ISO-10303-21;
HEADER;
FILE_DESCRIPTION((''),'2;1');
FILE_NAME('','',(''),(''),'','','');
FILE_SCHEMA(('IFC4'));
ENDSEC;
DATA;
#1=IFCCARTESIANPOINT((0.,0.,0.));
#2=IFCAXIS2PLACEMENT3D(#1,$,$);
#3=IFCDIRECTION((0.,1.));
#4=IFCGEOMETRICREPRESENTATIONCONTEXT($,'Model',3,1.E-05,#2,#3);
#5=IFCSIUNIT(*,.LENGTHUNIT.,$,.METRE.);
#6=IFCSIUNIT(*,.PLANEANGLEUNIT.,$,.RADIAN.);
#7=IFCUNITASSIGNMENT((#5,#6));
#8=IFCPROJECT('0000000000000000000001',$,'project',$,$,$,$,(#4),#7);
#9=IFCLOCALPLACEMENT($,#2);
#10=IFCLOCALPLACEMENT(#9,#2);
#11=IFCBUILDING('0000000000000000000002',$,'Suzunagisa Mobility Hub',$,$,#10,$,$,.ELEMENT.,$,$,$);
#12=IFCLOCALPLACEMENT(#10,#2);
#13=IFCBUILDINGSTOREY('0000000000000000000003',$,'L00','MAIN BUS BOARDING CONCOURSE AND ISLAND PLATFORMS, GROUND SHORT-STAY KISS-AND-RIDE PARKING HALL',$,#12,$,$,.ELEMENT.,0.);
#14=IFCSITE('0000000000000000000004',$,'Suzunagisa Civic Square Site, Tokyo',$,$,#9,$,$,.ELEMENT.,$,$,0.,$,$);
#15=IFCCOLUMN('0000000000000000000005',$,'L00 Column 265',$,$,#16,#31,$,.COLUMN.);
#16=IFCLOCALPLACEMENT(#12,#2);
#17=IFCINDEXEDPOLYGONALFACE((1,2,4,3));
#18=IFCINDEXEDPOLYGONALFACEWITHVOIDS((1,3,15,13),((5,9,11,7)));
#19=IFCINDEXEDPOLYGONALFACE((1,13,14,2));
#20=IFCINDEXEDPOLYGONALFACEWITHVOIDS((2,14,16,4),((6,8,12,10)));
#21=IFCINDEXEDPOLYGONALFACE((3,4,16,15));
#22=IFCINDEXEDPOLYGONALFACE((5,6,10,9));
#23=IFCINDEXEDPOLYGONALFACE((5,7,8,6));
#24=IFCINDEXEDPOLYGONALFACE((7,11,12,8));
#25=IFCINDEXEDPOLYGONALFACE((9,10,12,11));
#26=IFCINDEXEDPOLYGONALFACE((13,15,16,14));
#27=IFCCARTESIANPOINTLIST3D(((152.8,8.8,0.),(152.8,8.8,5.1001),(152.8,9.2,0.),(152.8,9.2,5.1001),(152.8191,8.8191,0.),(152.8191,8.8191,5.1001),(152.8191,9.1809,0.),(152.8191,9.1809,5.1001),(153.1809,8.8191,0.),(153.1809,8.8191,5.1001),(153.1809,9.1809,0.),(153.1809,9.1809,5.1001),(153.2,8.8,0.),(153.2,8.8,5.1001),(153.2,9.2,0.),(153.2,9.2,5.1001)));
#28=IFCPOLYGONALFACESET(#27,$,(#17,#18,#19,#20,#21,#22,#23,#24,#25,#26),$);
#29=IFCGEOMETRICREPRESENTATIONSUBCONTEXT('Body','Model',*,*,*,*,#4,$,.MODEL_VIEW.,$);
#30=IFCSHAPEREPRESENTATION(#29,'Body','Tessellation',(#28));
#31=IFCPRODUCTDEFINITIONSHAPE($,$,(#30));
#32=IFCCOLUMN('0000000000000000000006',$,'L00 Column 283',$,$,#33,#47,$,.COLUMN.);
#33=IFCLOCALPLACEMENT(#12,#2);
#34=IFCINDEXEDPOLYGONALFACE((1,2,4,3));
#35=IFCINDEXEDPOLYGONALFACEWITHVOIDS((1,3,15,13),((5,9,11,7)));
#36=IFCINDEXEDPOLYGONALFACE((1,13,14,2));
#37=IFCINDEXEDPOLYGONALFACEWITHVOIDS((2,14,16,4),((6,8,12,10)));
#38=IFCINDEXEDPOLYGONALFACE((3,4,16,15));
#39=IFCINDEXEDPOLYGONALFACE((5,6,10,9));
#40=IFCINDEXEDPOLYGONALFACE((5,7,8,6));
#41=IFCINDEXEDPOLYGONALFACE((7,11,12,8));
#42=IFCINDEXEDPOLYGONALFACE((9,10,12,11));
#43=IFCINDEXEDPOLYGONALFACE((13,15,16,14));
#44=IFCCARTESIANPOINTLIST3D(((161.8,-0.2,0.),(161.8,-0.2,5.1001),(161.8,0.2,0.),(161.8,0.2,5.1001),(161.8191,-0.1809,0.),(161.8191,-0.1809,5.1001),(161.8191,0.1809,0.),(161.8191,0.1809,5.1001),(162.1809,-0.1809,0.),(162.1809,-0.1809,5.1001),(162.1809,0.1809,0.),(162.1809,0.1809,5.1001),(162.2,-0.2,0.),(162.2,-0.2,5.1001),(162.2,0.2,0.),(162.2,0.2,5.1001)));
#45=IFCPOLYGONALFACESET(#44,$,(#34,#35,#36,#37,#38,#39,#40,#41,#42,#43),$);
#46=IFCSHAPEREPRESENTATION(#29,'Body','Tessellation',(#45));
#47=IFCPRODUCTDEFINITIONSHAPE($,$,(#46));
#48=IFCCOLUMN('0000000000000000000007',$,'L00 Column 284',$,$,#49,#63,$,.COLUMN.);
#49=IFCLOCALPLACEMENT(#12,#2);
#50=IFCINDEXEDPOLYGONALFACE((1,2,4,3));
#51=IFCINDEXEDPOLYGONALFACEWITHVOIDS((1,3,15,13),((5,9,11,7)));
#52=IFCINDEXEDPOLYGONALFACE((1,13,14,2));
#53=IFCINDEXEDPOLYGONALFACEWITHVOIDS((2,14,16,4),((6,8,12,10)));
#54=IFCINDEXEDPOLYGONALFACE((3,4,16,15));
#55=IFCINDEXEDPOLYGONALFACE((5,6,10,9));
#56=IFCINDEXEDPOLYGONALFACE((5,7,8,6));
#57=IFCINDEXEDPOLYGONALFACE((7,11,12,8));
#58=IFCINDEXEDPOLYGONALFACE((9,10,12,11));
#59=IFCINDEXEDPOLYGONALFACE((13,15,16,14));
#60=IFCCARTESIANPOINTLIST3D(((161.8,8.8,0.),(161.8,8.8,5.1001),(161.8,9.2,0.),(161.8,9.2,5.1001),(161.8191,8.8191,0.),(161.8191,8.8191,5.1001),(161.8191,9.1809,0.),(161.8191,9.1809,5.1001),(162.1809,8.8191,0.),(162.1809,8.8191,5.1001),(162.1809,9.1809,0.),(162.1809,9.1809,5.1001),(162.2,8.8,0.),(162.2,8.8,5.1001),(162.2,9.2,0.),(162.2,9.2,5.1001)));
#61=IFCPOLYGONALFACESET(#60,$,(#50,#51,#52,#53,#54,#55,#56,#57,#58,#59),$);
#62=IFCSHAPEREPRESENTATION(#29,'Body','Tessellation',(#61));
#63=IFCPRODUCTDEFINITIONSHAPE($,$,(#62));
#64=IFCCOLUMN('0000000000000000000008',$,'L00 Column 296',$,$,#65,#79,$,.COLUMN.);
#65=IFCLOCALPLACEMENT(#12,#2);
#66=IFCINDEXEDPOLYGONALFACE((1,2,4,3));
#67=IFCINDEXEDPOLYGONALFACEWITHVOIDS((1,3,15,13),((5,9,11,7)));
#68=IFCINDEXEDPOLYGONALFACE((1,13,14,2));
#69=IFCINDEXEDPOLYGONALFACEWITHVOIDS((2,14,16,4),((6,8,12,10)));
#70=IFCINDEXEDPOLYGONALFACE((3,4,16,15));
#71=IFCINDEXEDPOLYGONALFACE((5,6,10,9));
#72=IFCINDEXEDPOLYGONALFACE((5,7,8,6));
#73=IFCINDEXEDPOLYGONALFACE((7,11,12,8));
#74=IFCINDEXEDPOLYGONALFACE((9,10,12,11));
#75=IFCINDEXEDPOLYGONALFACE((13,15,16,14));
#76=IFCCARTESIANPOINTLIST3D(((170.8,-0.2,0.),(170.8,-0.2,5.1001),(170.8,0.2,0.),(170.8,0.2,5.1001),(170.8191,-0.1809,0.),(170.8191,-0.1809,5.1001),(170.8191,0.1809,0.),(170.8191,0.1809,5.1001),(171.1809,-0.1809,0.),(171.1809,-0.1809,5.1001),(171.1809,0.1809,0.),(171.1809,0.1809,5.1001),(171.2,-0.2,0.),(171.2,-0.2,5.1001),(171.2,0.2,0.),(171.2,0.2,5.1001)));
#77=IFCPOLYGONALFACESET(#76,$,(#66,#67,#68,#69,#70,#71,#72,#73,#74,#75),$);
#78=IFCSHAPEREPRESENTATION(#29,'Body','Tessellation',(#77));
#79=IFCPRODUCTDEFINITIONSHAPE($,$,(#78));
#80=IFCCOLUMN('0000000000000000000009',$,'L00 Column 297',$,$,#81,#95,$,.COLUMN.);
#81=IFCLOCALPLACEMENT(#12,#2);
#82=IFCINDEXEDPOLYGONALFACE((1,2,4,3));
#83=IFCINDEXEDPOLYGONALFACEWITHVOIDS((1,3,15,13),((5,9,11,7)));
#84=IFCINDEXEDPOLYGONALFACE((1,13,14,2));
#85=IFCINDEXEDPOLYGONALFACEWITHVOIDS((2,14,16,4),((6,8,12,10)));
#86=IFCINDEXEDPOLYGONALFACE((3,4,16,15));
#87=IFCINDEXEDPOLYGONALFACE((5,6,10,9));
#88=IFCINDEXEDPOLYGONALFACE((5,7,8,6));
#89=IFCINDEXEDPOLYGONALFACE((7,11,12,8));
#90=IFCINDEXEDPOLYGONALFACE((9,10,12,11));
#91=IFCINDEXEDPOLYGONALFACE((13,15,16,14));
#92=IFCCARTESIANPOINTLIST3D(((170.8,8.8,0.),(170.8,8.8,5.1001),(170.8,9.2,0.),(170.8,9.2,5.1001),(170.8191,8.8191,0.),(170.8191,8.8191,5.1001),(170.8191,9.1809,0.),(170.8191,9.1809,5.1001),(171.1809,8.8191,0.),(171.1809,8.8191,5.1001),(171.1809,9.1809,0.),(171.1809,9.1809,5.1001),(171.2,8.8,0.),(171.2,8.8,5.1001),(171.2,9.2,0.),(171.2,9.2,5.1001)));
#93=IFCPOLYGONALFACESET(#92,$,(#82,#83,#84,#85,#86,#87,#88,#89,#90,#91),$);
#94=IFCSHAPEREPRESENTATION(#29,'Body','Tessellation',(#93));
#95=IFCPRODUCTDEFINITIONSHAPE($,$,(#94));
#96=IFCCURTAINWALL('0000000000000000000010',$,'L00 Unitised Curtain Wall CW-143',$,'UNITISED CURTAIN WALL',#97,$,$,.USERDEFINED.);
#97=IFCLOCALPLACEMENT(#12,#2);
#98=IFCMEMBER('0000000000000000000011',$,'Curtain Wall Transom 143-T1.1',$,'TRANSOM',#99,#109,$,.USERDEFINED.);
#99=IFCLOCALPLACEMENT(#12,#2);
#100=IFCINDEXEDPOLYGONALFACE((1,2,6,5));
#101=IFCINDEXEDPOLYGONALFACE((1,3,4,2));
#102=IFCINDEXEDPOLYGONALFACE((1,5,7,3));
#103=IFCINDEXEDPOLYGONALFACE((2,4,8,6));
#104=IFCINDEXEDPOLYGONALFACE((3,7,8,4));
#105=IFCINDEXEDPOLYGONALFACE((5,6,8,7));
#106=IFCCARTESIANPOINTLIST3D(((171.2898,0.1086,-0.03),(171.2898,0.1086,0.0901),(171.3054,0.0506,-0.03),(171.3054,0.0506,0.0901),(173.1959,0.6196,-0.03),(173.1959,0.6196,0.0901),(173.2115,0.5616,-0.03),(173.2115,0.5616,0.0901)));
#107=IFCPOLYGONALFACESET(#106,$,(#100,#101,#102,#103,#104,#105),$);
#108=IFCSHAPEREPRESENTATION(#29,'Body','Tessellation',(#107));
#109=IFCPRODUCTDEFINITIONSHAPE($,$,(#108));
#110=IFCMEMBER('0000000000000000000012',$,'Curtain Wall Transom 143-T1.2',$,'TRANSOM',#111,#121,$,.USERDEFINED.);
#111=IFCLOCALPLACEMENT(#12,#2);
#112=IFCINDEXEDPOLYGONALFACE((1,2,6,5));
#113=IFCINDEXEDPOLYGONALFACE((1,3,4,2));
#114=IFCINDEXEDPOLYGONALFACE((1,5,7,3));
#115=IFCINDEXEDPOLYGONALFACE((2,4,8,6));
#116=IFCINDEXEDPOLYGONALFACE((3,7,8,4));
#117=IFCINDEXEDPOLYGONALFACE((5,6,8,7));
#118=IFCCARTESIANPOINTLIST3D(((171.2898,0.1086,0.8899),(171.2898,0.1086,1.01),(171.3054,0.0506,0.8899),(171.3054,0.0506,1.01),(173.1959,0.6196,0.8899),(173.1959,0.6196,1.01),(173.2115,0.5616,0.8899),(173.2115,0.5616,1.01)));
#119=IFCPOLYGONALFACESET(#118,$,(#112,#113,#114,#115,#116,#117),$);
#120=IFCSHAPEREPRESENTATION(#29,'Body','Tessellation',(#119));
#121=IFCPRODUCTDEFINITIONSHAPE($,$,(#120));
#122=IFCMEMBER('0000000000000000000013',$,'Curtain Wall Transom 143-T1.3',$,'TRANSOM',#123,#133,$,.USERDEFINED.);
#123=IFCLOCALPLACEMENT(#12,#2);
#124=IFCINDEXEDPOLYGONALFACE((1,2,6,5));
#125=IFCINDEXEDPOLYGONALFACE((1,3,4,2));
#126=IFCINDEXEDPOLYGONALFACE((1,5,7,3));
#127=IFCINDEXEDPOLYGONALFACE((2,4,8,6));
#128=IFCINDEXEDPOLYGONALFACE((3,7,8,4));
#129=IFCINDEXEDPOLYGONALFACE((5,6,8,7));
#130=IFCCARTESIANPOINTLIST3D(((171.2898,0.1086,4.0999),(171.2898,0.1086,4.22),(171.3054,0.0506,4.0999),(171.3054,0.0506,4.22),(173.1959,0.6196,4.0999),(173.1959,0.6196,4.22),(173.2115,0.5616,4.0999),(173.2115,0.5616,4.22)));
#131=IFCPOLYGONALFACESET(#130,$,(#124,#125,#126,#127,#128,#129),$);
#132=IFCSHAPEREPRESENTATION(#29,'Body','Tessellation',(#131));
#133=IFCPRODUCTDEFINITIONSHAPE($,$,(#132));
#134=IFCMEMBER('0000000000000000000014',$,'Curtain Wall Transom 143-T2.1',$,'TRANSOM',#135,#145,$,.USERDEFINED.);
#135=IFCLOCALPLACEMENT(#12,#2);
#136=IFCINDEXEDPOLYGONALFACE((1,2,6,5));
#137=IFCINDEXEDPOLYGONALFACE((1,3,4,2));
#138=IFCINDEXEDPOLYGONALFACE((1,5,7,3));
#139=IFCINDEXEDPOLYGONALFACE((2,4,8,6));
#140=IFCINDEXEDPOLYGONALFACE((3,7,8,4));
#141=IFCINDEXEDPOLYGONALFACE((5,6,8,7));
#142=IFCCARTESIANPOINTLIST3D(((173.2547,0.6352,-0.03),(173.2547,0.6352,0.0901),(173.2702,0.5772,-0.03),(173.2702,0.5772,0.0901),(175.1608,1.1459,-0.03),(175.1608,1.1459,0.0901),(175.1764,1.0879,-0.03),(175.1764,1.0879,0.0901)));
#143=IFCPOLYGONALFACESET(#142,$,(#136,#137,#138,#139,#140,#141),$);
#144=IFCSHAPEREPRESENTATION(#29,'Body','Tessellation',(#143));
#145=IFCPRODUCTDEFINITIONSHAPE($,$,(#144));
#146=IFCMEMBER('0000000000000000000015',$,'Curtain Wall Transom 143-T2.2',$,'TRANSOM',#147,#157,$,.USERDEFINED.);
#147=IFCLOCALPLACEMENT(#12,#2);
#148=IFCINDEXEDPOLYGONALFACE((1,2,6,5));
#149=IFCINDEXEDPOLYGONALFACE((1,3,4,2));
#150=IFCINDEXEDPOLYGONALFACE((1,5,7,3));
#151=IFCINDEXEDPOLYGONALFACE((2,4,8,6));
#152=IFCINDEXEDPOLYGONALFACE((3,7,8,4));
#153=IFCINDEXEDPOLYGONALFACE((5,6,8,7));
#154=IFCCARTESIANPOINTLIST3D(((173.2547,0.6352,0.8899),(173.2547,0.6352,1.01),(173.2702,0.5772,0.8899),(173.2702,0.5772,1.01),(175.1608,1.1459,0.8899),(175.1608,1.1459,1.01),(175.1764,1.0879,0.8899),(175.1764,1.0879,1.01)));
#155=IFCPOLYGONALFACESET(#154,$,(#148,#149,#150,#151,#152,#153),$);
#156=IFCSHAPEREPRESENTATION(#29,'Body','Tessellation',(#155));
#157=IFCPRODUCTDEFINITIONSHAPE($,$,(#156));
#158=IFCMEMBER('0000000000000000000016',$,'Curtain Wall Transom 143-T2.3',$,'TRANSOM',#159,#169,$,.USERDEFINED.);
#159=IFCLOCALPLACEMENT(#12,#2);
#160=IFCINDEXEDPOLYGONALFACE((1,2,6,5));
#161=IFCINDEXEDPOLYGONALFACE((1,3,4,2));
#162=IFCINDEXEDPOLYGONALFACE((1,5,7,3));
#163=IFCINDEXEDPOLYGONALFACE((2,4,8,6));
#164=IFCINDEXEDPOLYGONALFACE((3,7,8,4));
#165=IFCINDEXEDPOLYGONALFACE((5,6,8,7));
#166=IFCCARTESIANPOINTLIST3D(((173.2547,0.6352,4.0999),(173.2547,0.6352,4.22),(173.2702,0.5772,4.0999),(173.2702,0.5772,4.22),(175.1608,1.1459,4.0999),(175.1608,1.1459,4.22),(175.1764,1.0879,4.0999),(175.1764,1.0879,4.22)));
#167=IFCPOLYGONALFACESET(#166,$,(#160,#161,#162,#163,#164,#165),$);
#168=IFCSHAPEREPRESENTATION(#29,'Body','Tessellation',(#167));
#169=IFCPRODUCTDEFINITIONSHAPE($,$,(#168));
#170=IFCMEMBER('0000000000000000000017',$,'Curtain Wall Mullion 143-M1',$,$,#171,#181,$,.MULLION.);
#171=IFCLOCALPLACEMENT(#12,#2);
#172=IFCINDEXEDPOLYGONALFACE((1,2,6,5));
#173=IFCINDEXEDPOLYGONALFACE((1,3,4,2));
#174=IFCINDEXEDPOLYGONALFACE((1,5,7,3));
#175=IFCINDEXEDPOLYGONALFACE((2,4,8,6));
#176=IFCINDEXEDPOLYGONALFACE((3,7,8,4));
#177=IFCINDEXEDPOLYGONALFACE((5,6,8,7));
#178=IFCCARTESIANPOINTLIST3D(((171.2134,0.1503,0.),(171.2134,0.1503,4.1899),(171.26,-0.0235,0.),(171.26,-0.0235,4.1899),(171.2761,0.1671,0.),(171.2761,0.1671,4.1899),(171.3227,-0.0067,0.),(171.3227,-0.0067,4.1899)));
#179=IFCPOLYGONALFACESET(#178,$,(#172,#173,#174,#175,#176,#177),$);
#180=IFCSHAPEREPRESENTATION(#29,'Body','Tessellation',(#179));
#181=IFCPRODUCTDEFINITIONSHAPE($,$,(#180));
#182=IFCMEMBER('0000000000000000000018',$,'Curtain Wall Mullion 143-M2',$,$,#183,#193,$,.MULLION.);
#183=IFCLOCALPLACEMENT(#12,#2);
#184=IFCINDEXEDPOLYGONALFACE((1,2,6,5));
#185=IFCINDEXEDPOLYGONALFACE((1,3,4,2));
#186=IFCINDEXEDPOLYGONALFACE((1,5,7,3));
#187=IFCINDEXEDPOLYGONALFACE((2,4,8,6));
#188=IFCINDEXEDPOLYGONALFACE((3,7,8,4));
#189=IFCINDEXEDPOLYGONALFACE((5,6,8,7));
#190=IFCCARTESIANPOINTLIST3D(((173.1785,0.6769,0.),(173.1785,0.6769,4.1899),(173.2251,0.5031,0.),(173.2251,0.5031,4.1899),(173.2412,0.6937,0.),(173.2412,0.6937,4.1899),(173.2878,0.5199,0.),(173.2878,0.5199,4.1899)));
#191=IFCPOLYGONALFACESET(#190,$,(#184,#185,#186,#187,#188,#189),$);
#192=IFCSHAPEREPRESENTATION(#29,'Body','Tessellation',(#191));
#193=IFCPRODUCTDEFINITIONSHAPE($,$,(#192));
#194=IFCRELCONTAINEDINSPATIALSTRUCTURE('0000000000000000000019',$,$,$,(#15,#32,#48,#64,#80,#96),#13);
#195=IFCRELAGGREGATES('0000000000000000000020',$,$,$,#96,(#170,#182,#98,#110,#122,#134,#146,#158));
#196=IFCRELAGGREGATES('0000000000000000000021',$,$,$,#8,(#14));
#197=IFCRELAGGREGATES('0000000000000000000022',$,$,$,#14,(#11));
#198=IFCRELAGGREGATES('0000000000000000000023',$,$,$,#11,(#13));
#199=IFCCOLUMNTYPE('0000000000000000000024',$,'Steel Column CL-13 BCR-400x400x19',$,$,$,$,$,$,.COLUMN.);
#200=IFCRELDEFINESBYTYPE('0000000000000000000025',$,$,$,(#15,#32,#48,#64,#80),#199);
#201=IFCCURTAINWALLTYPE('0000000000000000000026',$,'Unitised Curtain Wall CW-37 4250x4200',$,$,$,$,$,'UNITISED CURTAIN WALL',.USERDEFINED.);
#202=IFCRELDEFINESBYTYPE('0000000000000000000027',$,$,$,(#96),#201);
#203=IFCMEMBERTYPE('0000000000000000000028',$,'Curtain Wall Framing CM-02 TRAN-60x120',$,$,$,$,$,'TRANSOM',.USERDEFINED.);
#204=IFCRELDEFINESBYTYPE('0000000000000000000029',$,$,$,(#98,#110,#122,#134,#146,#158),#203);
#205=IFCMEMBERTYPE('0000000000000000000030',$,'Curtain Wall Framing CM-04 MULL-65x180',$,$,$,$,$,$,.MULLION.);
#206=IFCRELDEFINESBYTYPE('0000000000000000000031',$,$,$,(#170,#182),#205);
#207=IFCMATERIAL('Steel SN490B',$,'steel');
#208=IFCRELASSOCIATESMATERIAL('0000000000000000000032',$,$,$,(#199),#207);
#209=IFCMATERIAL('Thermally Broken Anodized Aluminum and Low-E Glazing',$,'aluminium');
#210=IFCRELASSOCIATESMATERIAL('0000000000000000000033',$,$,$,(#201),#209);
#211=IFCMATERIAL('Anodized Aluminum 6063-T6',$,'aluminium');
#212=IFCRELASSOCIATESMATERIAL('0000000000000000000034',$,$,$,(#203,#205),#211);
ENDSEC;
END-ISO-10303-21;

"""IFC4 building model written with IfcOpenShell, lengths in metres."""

from ifc_helpers import new_model, si_unit, direction, frame, origin, origin_2d, place, context, subcontext, project, spatial, rectangle, hollow_rectangle, extrude, material, material_profile, profile_set, type_object, element, aggregate, save


model = new_model("IFC4")

# Units and contexts
model_context = context("Model", 3, precision=1e-05, world=origin(), true_north=direction((0.0, 1.0)))
body_context = subcontext(model_context, "Body", "Model", "MODEL_VIEW")
ifc_project = project(units=[si_unit("LENGTHUNIT", "METRE"), si_unit("PLANEANGLEUNIT", "RADIAN")], contexts=[model_context])

# Site, building, storey
site_placement = place(None, origin())
site = spatial("IfcSite", under=ifc_project, at=site_placement, Name="Suzunagisa Civic Square Site, Tokyo", CompositionType="ELEMENT", RefElevation=0.0)
building_placement = place(site_placement, origin())
building = spatial("IfcBuilding", under=site, at=building_placement, Name="Suzunagisa Mobility Hub", CompositionType="ELEMENT")
storey_placement = place(building_placement, origin())
storey = spatial("IfcBuildingStorey", under=building, at=storey_placement, Name="L00", Description="MAIN BUS BOARDING CONCOURSE AND ISLAND PLATFORMS, GROUND SHORT-STAY KISS-AND-RIDE PARKING HALL", CompositionType="ELEMENT", Elevation=0.0)

# Columns
ifc_material_1 = material(Name="Steel SN490B", Category="steel")
ifc_material_profile_1 = material_profile(ifc_material_1, hollow_rectangle(XDim=0.3999, YDim=0.3999, WallThickness=0.019, at=origin_2d()), Name="BCR-400x400x19")
ifc_profile_set_1 = profile_set([ifc_material_profile_1], Name="Steel SN490B")
column_type = type_object("IfcColumnType", Name="Steel Column CL-13 BCR-400x400x19", PredefinedType="COLUMN", material=ifc_profile_set_1)
for number, where, z_axis, x_axis, name in (
    (1, (153.0, 9.0, 0.0), (0.0, 0.0, 1.0), (1.0, 0.0, 0.0), "L00 Column 265"),
    (2, (162.0, 0.0, 0.0), (0.0, 0.0, 1.0), (1.0, 0.0, 0.0), "L00 Column 283"),
    (3, (162.0, 9.0, 0.0), (0.0, 0.0, 1.0), (1.0, 0.0, 0.0), "L00 Column 284"),
    (4, (171.0, 0.0, 0.0), (0.0, 0.0, 1.0), (1.0, 0.0, 0.0), "L00 Column 296"),
    (5, (171.0, 9.0, 0.0), (0.0, 0.0, 1.0), (1.0, 0.0, 0.0), "L00 Column 297"),
):
    element("IfcColumn", number, at=place(storey_placement, frame(where, z_axis=z_axis, x_axis=x_axis)), inside=storey, type_object=column_type, Name=name, PredefinedType="COLUMN", context=body_context, shape_type="SweptSolid", body=[
        extrude(hollow_rectangle(XDim=0.3999, YDim=0.3999, WallThickness=0.019, at=origin_2d()), origin(), (0.0, 0.0, 1.0), 5.1001),
    ])

# Curtain wall, members
ifc_material_2 = material(Name="Thermally Broken Anodized Aluminum and Low-E Glazing", Category="aluminium")
curtain_wall_type = type_object("IfcCurtainWallType", Name="Unitised Curtain Wall CW-37 4250x4200", ElementType="UNITISED CURTAIN WALL", PredefinedType="USERDEFINED", material=ifc_material_2)
curtain_wall_placement = place(storey_placement, origin())
curtain_wall = element("IfcCurtainWall", 6, at=curtain_wall_placement, inside=storey, type_object=curtain_wall_type, Name="L00 Unitised Curtain Wall CW-143", ObjectType="UNITISED CURTAIN WALL", PredefinedType="USERDEFINED")
ifc_material_3 = material(Name="Anodized Aluminum 6063-T6", Category="aluminium")
ifc_material_profile_2 = material_profile(ifc_material_3, rectangle(XDim=0.0601, YDim=0.1201, at=origin_2d()), Name="TRAN-60x120")
ifc_profile_set_2 = profile_set([ifc_material_profile_2], Name="Anodized Aluminum 6063-T6")
member_type_1 = type_object("IfcMemberType", Name="Curtain Wall Framing CM-02 TRAN-60x120", ElementType="TRANSOM", PredefinedType="USERDEFINED", material=ifc_profile_set_2)
member_1_placement = place(storey_placement, frame((171.2976, 0.0796, 0.03), z_axis=(0.965891, 0.258948, 0.0), x_axis=(-0.258948, 0.965891, 0.0)))
member_1 = element("IfcMember", 7, at=member_1_placement, type_object=member_type_1, Name="Curtain Wall Transom 143-T1.1", ObjectType="TRANSOM", PredefinedType="USERDEFINED", context=body_context, shape_type="SweptSolid", body=[
    extrude(rectangle(XDim=0.0601, YDim=0.1201, at=origin_2d()), origin(), (0.0, 0.0, 1.0), 1.9734),
])
member_2_placement = place(storey_placement, frame((171.2976, 0.0796, 0.95), z_axis=(0.965891, 0.258948, 0.0), x_axis=(-0.258948, 0.965891, 0.0)))
member_2 = element("IfcMember", 8, at=member_2_placement, type_object=member_type_1, Name="Curtain Wall Transom 143-T1.2", ObjectType="TRANSOM", PredefinedType="USERDEFINED", context=body_context, shape_type="SweptSolid", body=[
    extrude(rectangle(XDim=0.0601, YDim=0.1201, at=origin_2d()), origin(), (0.0, 0.0, 1.0), 1.9734),
])
member_3_placement = place(storey_placement, frame((171.2976, 0.0796, 4.1599), z_axis=(0.965891, 0.258948, 0.0), x_axis=(-0.258948, 0.965891, 0.0)))
member_3 = element("IfcMember", 9, at=member_3_placement, type_object=member_type_1, Name="Curtain Wall Transom 143-T1.3", ObjectType="TRANSOM", PredefinedType="USERDEFINED", context=body_context, shape_type="SweptSolid", body=[
    extrude(rectangle(XDim=0.0601, YDim=0.1201, at=origin_2d()), origin(), (0.0, 0.0, 1.0), 1.9734),
])
member_4_placement = place(storey_placement, frame((173.2625, 0.6062, 0.03), z_axis=(0.96593, 0.258802, 0.0), x_axis=(-0.258802, 0.96593, 0.0)))
member_4 = element("IfcMember", 10, at=member_4_placement, type_object=member_type_1, Name="Curtain Wall Transom 143-T2.1", ObjectType="TRANSOM", PredefinedType="USERDEFINED", context=body_context, shape_type="SweptSolid", body=[
    extrude(rectangle(XDim=0.0601, YDim=0.1201, at=origin_2d()), origin(), (0.0, 0.0, 1.0), 1.9734),
])
member_5_placement = place(storey_placement, frame((173.2625, 0.6062, 0.95), z_axis=(0.96593, 0.258802, 0.0), x_axis=(-0.258802, 0.96593, 0.0)))
member_5 = element("IfcMember", 11, at=member_5_placement, type_object=member_type_1, Name="Curtain Wall Transom 143-T2.2", ObjectType="TRANSOM", PredefinedType="USERDEFINED", context=body_context, shape_type="SweptSolid", body=[
    extrude(rectangle(XDim=0.0601, YDim=0.1201, at=origin_2d()), origin(), (0.0, 0.0, 1.0), 1.9734),
])
member_6_placement = place(storey_placement, frame((173.2625, 0.6062, 4.1599), z_axis=(0.96593, 0.258802, 0.0), x_axis=(-0.258802, 0.96593, 0.0)))
member_6 = element("IfcMember", 12, at=member_6_placement, type_object=member_type_1, Name="Curtain Wall Transom 143-T2.3", ObjectType="TRANSOM", PredefinedType="USERDEFINED", context=body_context, shape_type="SweptSolid", body=[
    extrude(rectangle(XDim=0.0601, YDim=0.1201, at=origin_2d()), origin(), (0.0, 0.0, 1.0), 1.9734),
])
ifc_material_profile_3 = material_profile(ifc_material_3, rectangle(XDim=0.0649, YDim=0.1799, at=origin_2d()), Name="MULL-65x180")
ifc_profile_set_3 = profile_set([ifc_material_profile_3], Name="Anodized Aluminum 6063-T6")
member_type_2 = type_object("IfcMemberType", Name="Curtain Wall Framing CM-04 MULL-65x180", PredefinedType="MULLION", material=ifc_profile_set_3)
member_7_placement = place(storey_placement, frame((171.2681, 0.0718, 0.0), z_axis=(0.0, 0.0, 1.0), x_axis=(0.965927, 0.258814, 0.0)))
member_7 = element("IfcMember", 13, at=member_7_placement, type_object=member_type_2, Name="Curtain Wall Mullion 143-M1", PredefinedType="MULLION", context=body_context, shape_type="SweptSolid", body=[
    extrude(rectangle(XDim=0.0649, YDim=0.1799, at=origin_2d()), origin(), (0.0, 0.0, 1.0), 4.1899),
])
member_8_placement = place(storey_placement, frame((173.2332, 0.5984, 0.0), z_axis=(0.0, 0.0, 1.0), x_axis=(0.965927, 0.258814, 0.0)))
member_8 = element("IfcMember", 14, at=member_8_placement, type_object=member_type_2, Name="Curtain Wall Mullion 143-M2", PredefinedType="MULLION", context=body_context, shape_type="SweptSolid", body=[
    extrude(rectangle(XDim=0.0649, YDim=0.1799, at=origin_2d()), origin(), (0.0, 0.0, 1.0), 4.1899),
])

aggregate(curtain_wall, [member_7, member_8, member_1, member_2, member_3, member_4, member_5, member_6])

save(model, "model.ifc")
